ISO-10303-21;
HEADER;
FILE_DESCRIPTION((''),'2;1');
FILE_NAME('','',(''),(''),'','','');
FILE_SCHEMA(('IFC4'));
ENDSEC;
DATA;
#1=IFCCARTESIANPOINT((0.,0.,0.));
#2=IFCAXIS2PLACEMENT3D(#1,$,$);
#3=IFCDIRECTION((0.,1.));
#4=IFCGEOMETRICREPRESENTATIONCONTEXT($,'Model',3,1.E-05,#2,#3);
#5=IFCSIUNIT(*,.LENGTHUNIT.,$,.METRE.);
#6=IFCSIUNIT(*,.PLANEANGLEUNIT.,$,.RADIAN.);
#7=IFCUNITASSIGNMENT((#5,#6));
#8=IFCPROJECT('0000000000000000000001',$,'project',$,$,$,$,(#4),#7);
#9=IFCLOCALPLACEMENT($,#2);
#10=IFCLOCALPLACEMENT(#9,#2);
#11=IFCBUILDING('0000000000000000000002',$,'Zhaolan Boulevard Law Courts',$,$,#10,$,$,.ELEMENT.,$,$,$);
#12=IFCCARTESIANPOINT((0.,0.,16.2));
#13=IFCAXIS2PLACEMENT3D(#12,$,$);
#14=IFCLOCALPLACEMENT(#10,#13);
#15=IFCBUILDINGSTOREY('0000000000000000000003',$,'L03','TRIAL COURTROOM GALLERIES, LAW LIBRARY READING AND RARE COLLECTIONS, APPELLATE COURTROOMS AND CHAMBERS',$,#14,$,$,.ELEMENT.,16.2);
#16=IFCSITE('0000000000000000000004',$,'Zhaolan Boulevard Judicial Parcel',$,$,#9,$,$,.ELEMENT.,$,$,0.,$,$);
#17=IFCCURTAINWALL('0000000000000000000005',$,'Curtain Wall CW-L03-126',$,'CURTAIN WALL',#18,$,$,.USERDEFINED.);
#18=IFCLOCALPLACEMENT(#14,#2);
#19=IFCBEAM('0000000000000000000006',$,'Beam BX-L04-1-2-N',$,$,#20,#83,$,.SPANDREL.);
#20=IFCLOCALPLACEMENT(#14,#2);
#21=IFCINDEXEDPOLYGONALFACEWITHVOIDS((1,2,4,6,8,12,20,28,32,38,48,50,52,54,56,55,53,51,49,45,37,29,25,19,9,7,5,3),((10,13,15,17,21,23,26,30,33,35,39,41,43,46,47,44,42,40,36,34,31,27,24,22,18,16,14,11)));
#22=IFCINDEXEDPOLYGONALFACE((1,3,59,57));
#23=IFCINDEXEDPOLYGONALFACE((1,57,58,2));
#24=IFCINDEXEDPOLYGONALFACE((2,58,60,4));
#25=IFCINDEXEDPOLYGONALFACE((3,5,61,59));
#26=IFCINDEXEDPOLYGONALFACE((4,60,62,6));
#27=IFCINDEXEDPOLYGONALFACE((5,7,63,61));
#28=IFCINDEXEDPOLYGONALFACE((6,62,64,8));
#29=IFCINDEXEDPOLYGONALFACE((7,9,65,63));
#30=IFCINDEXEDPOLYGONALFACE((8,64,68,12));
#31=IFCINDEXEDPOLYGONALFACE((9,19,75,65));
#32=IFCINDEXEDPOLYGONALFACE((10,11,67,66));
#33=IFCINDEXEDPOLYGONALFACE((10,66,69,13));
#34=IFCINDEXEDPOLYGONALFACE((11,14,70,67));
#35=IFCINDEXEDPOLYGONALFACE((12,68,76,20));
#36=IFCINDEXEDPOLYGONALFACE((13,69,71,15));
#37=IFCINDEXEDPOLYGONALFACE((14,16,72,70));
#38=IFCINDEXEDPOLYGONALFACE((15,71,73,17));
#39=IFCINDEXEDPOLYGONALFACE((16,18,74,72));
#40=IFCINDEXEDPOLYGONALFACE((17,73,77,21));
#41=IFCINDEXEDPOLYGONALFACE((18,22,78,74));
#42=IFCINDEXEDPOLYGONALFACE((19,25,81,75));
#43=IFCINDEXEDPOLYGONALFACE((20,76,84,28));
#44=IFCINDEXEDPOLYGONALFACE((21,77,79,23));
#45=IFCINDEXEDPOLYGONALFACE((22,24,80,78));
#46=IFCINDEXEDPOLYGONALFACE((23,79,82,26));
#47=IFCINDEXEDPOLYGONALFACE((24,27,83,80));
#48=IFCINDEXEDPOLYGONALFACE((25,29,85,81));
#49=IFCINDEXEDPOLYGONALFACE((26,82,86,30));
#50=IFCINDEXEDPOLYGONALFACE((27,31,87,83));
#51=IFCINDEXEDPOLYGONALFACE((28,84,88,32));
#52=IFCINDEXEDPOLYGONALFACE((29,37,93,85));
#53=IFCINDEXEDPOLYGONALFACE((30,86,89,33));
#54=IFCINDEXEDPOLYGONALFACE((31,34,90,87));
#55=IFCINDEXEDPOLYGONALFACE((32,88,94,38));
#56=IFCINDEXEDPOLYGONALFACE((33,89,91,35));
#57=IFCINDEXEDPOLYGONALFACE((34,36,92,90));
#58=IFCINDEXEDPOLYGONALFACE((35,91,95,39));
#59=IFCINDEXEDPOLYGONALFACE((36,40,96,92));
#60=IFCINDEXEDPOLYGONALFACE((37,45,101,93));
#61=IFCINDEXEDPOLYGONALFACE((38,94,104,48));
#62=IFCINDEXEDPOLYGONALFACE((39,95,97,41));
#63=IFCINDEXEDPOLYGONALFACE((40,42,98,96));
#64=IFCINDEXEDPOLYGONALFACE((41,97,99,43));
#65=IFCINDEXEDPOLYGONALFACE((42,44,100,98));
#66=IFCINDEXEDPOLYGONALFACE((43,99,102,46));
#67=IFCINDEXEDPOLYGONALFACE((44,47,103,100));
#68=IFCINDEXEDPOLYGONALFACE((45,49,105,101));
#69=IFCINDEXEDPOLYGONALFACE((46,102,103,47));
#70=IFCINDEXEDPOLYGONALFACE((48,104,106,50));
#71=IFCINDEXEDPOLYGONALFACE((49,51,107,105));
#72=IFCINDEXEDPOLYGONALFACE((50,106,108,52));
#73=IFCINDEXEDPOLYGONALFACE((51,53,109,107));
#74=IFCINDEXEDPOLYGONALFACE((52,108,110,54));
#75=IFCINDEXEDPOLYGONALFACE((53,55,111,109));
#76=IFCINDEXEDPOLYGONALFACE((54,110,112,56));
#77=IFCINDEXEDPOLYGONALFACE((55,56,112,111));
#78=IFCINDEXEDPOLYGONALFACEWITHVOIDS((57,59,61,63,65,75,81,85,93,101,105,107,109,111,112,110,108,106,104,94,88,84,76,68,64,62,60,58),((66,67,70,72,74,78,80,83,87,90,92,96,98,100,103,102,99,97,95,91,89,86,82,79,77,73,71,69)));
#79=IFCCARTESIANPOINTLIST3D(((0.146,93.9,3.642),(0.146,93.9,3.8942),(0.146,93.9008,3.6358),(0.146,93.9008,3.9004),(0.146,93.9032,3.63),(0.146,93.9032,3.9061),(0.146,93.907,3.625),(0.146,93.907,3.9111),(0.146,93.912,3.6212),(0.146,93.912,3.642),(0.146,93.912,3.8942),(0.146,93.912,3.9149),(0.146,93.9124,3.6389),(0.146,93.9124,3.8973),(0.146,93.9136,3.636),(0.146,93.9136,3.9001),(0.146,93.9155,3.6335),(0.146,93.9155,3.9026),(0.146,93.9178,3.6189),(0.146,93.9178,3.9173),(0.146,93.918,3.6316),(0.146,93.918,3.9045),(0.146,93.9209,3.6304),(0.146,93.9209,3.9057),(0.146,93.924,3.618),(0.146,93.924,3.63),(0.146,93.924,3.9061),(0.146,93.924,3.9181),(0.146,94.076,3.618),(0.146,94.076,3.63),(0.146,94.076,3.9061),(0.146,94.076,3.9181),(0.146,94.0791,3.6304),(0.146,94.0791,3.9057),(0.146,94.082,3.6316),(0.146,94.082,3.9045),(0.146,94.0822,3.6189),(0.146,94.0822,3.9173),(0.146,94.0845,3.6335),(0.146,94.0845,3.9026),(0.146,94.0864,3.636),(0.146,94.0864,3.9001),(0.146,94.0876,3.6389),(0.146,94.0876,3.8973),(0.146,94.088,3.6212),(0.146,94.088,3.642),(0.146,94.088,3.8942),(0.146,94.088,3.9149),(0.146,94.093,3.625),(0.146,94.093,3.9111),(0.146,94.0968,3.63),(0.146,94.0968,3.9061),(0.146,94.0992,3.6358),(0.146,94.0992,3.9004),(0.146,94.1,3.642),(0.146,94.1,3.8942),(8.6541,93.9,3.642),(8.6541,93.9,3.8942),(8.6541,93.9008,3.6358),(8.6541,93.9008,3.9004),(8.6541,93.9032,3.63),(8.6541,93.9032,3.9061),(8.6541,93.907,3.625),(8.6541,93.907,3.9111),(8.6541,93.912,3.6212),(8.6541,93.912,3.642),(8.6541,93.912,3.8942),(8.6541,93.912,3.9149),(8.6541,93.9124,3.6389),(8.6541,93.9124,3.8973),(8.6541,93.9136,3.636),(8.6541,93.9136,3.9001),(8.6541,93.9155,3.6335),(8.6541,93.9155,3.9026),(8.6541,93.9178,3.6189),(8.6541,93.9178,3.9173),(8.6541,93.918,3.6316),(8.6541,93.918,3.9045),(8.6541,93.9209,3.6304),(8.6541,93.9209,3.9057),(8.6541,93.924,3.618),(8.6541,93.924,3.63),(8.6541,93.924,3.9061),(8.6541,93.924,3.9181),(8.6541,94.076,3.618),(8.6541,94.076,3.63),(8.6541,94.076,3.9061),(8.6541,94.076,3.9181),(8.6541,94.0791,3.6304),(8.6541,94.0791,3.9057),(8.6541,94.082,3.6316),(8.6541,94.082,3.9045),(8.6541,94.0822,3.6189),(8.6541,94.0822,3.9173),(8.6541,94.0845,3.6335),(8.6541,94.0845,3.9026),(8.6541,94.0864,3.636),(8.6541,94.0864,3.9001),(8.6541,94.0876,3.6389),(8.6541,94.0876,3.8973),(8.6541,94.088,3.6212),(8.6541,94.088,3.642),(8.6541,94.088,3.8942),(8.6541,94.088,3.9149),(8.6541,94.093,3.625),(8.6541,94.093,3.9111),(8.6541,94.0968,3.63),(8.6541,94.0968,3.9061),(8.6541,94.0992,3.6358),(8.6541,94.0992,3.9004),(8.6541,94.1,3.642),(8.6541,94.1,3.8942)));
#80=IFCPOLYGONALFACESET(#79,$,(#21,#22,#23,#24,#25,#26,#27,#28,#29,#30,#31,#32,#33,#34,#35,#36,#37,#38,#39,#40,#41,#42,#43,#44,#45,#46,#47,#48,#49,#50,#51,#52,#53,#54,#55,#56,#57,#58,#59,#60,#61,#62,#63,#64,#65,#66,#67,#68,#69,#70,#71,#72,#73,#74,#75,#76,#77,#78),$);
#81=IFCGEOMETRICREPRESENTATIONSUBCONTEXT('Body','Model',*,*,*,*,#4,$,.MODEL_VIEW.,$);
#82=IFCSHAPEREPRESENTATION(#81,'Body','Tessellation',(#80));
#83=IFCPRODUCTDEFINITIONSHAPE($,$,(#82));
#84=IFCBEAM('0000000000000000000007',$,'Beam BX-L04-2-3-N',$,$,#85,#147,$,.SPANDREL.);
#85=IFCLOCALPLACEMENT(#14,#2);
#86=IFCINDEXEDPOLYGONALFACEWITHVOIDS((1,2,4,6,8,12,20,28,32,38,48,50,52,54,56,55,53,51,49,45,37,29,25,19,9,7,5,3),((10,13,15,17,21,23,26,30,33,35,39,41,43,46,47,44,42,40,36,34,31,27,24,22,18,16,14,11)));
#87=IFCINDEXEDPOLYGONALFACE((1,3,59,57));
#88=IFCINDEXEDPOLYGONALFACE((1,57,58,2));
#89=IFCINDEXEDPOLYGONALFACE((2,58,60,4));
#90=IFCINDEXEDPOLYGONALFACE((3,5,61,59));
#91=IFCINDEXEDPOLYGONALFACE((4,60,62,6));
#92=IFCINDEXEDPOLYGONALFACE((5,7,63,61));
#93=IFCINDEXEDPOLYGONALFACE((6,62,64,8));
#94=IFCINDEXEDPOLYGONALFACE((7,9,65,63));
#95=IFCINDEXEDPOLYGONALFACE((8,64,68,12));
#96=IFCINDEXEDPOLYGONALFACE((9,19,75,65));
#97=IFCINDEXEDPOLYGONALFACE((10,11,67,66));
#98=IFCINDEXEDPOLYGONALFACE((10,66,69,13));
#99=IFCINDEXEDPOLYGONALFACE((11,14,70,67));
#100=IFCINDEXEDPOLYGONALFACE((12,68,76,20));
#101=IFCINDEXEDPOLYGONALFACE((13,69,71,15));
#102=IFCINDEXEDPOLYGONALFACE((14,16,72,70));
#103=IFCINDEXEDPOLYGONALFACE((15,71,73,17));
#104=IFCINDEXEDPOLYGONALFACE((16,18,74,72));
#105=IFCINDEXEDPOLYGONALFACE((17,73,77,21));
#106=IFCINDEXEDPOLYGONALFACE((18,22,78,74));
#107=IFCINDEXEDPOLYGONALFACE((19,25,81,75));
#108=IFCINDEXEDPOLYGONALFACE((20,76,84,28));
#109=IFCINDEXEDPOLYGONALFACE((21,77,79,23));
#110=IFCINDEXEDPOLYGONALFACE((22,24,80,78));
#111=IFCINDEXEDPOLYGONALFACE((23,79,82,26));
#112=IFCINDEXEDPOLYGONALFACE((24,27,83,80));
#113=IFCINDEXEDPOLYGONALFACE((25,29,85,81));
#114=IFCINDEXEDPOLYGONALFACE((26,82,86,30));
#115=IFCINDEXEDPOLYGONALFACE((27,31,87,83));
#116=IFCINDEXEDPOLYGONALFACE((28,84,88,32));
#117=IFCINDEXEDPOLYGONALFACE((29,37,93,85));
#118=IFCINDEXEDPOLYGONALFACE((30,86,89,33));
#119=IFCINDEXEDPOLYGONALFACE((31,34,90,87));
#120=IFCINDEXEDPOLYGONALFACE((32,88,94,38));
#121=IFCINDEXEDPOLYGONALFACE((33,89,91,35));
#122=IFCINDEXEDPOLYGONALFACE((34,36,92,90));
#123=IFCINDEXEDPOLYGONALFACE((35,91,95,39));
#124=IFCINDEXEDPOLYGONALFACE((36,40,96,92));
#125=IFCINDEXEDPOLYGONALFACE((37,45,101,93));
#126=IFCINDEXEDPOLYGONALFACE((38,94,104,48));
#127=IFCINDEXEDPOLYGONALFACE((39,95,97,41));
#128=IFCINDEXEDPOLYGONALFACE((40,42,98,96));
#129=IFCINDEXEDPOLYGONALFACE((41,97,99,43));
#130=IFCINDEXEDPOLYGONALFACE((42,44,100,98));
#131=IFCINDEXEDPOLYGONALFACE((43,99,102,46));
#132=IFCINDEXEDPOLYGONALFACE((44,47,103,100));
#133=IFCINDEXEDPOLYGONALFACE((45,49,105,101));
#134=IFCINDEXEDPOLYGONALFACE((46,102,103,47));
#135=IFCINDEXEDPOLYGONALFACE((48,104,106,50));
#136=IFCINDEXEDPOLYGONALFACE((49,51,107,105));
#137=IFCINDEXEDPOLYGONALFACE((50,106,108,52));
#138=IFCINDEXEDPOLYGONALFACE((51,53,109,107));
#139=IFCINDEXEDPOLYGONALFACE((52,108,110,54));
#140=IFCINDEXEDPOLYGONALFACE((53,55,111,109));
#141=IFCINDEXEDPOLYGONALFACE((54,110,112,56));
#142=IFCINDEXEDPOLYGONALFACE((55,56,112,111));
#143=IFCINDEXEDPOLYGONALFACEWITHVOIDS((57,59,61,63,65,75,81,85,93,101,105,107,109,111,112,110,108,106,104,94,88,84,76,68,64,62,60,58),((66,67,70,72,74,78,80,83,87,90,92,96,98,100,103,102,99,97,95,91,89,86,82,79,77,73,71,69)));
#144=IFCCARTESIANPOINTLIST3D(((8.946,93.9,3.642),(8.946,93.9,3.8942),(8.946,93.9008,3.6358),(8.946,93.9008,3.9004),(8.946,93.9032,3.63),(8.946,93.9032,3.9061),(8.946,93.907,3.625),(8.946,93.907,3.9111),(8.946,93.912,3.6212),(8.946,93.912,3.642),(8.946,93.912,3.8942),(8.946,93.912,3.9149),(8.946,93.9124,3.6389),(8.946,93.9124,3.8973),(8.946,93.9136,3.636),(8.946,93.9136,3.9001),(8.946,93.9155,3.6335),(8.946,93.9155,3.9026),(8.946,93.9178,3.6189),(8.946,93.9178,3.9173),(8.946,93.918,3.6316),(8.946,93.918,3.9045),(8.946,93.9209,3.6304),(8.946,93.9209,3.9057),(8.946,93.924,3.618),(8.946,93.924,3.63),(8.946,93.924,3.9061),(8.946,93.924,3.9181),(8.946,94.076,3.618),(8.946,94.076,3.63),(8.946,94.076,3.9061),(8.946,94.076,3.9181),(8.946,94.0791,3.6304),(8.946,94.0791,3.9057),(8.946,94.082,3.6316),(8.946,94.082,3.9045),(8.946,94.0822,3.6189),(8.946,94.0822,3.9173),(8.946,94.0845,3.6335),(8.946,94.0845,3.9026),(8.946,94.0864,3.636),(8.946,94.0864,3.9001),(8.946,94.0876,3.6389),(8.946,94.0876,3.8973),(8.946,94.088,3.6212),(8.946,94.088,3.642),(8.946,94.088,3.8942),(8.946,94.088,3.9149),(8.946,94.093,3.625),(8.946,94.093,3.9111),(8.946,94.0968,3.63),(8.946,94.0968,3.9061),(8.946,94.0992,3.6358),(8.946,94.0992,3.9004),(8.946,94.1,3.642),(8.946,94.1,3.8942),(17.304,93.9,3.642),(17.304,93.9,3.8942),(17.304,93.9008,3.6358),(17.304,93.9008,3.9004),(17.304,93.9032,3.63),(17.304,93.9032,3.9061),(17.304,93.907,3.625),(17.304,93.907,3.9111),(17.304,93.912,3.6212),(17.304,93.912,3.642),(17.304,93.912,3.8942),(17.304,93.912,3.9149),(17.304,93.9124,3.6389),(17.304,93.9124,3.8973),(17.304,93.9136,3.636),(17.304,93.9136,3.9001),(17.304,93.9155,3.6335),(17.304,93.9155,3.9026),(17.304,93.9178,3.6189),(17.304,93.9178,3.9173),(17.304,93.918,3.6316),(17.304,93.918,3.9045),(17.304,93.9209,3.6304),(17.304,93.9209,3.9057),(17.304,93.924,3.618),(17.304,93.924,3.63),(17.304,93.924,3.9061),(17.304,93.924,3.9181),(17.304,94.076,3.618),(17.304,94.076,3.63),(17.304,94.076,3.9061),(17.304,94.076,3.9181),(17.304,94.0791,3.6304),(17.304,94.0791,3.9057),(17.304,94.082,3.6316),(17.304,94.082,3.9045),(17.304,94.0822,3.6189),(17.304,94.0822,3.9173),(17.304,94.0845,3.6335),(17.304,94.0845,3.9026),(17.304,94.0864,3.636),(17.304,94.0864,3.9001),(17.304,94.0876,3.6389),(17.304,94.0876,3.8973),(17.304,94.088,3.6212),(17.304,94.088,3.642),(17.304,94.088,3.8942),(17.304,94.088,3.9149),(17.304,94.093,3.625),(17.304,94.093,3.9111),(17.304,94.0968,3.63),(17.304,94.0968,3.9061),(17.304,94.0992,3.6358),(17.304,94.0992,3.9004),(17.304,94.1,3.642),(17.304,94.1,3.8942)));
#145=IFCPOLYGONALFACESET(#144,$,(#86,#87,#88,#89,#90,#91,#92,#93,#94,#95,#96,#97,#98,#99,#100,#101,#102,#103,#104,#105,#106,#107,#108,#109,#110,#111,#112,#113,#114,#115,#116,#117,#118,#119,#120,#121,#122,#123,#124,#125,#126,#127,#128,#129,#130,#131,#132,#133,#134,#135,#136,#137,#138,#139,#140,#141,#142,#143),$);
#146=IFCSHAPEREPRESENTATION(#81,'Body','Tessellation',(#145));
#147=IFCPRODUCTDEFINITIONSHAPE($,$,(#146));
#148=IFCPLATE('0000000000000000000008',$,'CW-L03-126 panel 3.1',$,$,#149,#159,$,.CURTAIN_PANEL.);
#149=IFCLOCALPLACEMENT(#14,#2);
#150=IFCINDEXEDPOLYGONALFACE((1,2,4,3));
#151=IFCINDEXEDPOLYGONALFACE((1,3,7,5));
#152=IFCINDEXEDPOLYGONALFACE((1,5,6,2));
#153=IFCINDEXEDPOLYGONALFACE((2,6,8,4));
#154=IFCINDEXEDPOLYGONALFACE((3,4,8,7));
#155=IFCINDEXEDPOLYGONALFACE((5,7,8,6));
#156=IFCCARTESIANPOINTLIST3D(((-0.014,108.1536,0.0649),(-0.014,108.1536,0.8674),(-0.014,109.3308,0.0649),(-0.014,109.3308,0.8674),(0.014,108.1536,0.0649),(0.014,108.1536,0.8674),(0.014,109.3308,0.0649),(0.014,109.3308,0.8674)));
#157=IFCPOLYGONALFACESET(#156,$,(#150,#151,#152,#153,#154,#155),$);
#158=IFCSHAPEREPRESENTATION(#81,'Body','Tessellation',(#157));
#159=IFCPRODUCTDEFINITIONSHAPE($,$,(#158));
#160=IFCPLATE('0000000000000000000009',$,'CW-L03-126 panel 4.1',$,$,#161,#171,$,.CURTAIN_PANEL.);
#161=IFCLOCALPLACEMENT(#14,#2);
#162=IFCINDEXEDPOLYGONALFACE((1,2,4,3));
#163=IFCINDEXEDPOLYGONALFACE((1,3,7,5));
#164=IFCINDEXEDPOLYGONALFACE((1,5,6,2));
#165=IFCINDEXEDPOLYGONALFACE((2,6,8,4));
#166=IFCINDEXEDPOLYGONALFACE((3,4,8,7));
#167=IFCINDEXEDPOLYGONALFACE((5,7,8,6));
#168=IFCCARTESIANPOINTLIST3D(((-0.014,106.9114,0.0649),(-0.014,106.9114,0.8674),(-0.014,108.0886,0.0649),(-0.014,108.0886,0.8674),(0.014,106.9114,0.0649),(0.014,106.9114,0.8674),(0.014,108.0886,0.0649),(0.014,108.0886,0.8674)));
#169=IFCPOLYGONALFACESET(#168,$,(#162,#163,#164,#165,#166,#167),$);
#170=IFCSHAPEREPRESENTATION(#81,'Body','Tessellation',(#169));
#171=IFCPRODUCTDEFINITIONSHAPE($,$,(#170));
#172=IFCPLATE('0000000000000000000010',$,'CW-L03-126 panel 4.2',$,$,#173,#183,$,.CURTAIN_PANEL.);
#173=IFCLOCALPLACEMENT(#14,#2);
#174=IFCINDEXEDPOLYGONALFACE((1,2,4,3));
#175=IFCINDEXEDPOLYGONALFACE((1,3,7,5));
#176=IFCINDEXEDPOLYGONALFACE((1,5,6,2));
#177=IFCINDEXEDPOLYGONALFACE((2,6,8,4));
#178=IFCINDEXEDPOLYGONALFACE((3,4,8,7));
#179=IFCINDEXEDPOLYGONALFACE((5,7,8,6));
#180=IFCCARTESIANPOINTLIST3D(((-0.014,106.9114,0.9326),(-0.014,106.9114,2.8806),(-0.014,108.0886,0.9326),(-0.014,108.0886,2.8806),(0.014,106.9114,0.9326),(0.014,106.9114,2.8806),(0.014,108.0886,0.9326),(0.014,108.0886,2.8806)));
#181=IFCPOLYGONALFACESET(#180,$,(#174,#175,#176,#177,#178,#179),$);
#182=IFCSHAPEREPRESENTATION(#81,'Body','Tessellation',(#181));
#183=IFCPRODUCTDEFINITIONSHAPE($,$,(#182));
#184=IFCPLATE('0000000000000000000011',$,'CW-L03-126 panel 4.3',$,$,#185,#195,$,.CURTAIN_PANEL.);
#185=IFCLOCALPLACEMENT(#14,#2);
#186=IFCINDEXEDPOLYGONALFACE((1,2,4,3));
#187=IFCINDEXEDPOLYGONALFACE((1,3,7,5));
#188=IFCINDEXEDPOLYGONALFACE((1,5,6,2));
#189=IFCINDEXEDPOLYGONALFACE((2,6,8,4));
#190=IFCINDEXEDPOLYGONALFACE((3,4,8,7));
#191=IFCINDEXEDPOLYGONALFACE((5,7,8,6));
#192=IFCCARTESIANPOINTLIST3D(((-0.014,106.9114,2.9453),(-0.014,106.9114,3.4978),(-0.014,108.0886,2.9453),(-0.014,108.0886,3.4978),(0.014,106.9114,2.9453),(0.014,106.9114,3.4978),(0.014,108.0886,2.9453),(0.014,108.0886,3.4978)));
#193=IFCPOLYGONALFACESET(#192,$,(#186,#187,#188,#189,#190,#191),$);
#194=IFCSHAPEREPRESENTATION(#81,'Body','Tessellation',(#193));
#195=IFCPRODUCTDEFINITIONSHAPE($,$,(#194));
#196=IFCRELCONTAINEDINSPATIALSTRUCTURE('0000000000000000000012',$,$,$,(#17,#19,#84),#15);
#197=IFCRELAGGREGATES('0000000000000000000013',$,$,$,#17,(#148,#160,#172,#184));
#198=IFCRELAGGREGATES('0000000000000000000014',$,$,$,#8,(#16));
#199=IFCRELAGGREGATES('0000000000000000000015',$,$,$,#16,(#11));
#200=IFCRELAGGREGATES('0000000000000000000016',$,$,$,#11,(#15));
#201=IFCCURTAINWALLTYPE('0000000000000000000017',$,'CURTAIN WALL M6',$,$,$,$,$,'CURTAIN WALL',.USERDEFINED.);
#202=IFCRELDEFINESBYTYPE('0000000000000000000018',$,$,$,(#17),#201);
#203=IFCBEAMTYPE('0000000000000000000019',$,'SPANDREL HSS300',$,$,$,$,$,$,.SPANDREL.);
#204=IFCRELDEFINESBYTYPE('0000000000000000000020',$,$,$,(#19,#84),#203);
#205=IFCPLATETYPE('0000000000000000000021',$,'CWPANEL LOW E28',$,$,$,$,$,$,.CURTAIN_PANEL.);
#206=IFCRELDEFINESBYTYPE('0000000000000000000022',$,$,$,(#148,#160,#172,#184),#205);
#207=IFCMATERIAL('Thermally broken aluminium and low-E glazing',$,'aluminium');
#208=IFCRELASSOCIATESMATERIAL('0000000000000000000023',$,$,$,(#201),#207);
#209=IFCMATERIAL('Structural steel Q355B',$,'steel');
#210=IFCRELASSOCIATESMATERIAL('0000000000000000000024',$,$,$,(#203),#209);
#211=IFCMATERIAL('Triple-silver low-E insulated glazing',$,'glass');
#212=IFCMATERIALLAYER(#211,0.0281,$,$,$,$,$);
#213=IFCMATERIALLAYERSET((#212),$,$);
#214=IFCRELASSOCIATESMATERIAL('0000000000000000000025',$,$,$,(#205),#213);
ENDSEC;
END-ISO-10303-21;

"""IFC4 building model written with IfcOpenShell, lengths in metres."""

from ifc_helpers import new_model, si_unit, direction, frame, origin, origin_2d, place, context, subcontext, project, spatial, rectangle, hollow_rectangle, extrude, material, layer, layer_set, material_profile, profile_set, type_object, element, aggregate, save


model = new_model("IFC4")

# Units and contexts
model_context = context("Model", 3, precision=1e-05, world=origin(), true_north=direction((0.0, 1.0)))
body_context = subcontext(model_context, "Body", "Model", "MODEL_VIEW")
ifc_project = project(units=[si_unit("LENGTHUNIT", "METRE"), si_unit("PLANEANGLEUNIT", "RADIAN")], contexts=[model_context])

# Site, building, storey
site_placement = place(None, origin())
site = spatial("IfcSite", under=ifc_project, at=site_placement, Name="Zhaolan Boulevard Judicial Parcel", CompositionType="ELEMENT", RefElevation=0.0)
building_placement = place(site_placement, origin())
building = spatial("IfcBuilding", under=site, at=building_placement, Name="Zhaolan Boulevard Law Courts", CompositionType="ELEMENT")
storey_placement = place(building_placement, frame((0.0, 0.0, 16.2)))
storey = spatial("IfcBuildingStorey", under=building, at=storey_placement, Name="L03", Description="TRIAL COURTROOM GALLERIES, LAW LIBRARY READING AND RARE COLLECTIONS, APPELLATE COURTROOMS AND CHAMBERS", CompositionType="ELEMENT", Elevation=16.2)

# Curtain wall
ifc_material_1 = material(Name="Thermally broken aluminium and low-E glazing", Category="aluminium")
curtain_wall_type = type_object("IfcCurtainWallType", Name="CURTAIN WALL M6", ElementType="CURTAIN WALL", PredefinedType="USERDEFINED", material=ifc_material_1)
curtain_wall_placement = place(storey_placement, origin())
curtain_wall = element("IfcCurtainWall", 1, at=curtain_wall_placement, inside=storey, type_object=curtain_wall_type, Name="Curtain Wall CW-L03-126", ObjectType="CURTAIN WALL", PredefinedType="USERDEFINED")

# Beams
ifc_material_2 = material(Name="Structural steel Q355B", Category="steel")
ifc_material_profile_1 = material_profile(ifc_material_2, hollow_rectangle(XDim=0.2, YDim=0.3, WallThickness=0.012, InnerFilletRadius=0.012, OuterFilletRadius=0.0239, at=origin_2d()), Name="HSS300x200x12")
ifc_profile_set_1 = profile_set([ifc_material_profile_1], Name="Structural steel Q355B")
beam_type_1 = type_object("IfcBeamType", Name="SPANDREL HSS300", PredefinedType="SPANDREL", material=ifc_profile_set_1)
beam_1_placement = place(storey_placement, frame((0.146, 94.0, 3.7681), z_axis=(1.0, 0.0, 0.0), x_axis=(0.0, 1.0, 0.0)))
element("IfcBeam", 2, at=beam_1_placement, inside=storey, type_object=beam_type_1, Name="Beam BX-L04-1-2-N", PredefinedType="SPANDREL", context=body_context, shape_type="SweptSolid", body=[
    extrude(hollow_rectangle(XDim=0.2, YDim=0.3, WallThickness=0.012, InnerFilletRadius=0.012, OuterFilletRadius=0.0239, at=origin_2d()), origin(), (0.0, 0.0, 1.0), 8.5081),
])
beam_2_placement = place(storey_placement, frame((8.946, 94.0, 3.7681), z_axis=(1.0, 0.0, 0.0), x_axis=(0.0, 1.0, 0.0)))
element("IfcBeam", 3, at=beam_2_placement, inside=storey, type_object=beam_type_1, Name="Beam BX-L04-2-3-N", PredefinedType="SPANDREL", context=body_context, shape_type="SweptSolid", body=[
    extrude(hollow_rectangle(XDim=0.2, YDim=0.3, WallThickness=0.012, InnerFilletRadius=0.012, OuterFilletRadius=0.0239, at=origin_2d()), origin(), (0.0, 0.0, 1.0), 8.3579),
])

# Plates
ifc_material_3 = material(Name="Triple-silver low-E insulated glazing", Category="glass")
ifc_layer_1 = layer(ifc_material_3, 0.0281)
ifc_layer_set_1 = layer_set([ifc_layer_1])
plate_type_1 = type_object("IfcPlateType", Name="CWPANEL LOW E28", PredefinedType="CURTAIN_PANEL", material=ifc_layer_set_1)
plate_1_placement = place(storey_placement, frame((0.0, 108.7422, 0.0649), z_axis=(0.0, 0.0, 1.0), x_axis=(0.0, -1.0, 0.0)))
plate_1 = element("IfcPlate", 4, at=plate_1_placement, type_object=plate_type_1, Name="CW-L03-126 panel 3.1", PredefinedType="CURTAIN_PANEL", context=body_context, shape_type="SweptSolid", body=[
    extrude(rectangle(XDim=1.1772, YDim=0.0281, at=origin_2d()), origin(), (0.0, 0.0, 1.0), 0.8025),
])
plate_2_placement = place(storey_placement, frame((0.0, 107.5, 0.0649), z_axis=(0.0, 0.0, 1.0), x_axis=(0.0, -1.0, 0.0)))
plate_2 = element("IfcPlate", 5, at=plate_2_placement, type_object=plate_type_1, Name="CW-L03-126 panel 4.1", PredefinedType="CURTAIN_PANEL", context=body_context, shape_type="SweptSolid", body=[
    extrude(rectangle(XDim=1.1772, YDim=0.0281, at=origin_2d()), origin(), (0.0, 0.0, 1.0), 0.8025),
])
plate_3_placement = place(storey_placement, frame((0.0, 107.5, 0.9326), z_axis=(0.0, 0.0, 1.0), x_axis=(0.0, -1.0, 0.0)))
plate_3 = element("IfcPlate", 6, at=plate_3_placement, type_object=plate_type_1, Name="CW-L03-126 panel 4.2", PredefinedType="CURTAIN_PANEL", context=body_context, shape_type="SweptSolid", body=[
    extrude(rectangle(XDim=1.1772, YDim=0.0281, at=origin_2d()), origin(), (0.0, 0.0, 1.0), 1.948),
])
plate_4_placement = place(storey_placement, frame((0.0, 107.5, 2.9453), z_axis=(0.0, 0.0, 1.0), x_axis=(0.0, -1.0, 0.0)))
plate_4 = element("IfcPlate", 7, at=plate_4_placement, type_object=plate_type_1, Name="CW-L03-126 panel 4.3", PredefinedType="CURTAIN_PANEL", context=body_context, shape_type="SweptSolid", body=[
    extrude(rectangle(XDim=1.1772, YDim=0.0281, at=origin_2d()), origin(), (0.0, 0.0, 1.0), 0.5525),
])
aggregate(curtain_wall, [plate_1, plate_2, plate_3, plate_4])

save(model, "model.ifc")
